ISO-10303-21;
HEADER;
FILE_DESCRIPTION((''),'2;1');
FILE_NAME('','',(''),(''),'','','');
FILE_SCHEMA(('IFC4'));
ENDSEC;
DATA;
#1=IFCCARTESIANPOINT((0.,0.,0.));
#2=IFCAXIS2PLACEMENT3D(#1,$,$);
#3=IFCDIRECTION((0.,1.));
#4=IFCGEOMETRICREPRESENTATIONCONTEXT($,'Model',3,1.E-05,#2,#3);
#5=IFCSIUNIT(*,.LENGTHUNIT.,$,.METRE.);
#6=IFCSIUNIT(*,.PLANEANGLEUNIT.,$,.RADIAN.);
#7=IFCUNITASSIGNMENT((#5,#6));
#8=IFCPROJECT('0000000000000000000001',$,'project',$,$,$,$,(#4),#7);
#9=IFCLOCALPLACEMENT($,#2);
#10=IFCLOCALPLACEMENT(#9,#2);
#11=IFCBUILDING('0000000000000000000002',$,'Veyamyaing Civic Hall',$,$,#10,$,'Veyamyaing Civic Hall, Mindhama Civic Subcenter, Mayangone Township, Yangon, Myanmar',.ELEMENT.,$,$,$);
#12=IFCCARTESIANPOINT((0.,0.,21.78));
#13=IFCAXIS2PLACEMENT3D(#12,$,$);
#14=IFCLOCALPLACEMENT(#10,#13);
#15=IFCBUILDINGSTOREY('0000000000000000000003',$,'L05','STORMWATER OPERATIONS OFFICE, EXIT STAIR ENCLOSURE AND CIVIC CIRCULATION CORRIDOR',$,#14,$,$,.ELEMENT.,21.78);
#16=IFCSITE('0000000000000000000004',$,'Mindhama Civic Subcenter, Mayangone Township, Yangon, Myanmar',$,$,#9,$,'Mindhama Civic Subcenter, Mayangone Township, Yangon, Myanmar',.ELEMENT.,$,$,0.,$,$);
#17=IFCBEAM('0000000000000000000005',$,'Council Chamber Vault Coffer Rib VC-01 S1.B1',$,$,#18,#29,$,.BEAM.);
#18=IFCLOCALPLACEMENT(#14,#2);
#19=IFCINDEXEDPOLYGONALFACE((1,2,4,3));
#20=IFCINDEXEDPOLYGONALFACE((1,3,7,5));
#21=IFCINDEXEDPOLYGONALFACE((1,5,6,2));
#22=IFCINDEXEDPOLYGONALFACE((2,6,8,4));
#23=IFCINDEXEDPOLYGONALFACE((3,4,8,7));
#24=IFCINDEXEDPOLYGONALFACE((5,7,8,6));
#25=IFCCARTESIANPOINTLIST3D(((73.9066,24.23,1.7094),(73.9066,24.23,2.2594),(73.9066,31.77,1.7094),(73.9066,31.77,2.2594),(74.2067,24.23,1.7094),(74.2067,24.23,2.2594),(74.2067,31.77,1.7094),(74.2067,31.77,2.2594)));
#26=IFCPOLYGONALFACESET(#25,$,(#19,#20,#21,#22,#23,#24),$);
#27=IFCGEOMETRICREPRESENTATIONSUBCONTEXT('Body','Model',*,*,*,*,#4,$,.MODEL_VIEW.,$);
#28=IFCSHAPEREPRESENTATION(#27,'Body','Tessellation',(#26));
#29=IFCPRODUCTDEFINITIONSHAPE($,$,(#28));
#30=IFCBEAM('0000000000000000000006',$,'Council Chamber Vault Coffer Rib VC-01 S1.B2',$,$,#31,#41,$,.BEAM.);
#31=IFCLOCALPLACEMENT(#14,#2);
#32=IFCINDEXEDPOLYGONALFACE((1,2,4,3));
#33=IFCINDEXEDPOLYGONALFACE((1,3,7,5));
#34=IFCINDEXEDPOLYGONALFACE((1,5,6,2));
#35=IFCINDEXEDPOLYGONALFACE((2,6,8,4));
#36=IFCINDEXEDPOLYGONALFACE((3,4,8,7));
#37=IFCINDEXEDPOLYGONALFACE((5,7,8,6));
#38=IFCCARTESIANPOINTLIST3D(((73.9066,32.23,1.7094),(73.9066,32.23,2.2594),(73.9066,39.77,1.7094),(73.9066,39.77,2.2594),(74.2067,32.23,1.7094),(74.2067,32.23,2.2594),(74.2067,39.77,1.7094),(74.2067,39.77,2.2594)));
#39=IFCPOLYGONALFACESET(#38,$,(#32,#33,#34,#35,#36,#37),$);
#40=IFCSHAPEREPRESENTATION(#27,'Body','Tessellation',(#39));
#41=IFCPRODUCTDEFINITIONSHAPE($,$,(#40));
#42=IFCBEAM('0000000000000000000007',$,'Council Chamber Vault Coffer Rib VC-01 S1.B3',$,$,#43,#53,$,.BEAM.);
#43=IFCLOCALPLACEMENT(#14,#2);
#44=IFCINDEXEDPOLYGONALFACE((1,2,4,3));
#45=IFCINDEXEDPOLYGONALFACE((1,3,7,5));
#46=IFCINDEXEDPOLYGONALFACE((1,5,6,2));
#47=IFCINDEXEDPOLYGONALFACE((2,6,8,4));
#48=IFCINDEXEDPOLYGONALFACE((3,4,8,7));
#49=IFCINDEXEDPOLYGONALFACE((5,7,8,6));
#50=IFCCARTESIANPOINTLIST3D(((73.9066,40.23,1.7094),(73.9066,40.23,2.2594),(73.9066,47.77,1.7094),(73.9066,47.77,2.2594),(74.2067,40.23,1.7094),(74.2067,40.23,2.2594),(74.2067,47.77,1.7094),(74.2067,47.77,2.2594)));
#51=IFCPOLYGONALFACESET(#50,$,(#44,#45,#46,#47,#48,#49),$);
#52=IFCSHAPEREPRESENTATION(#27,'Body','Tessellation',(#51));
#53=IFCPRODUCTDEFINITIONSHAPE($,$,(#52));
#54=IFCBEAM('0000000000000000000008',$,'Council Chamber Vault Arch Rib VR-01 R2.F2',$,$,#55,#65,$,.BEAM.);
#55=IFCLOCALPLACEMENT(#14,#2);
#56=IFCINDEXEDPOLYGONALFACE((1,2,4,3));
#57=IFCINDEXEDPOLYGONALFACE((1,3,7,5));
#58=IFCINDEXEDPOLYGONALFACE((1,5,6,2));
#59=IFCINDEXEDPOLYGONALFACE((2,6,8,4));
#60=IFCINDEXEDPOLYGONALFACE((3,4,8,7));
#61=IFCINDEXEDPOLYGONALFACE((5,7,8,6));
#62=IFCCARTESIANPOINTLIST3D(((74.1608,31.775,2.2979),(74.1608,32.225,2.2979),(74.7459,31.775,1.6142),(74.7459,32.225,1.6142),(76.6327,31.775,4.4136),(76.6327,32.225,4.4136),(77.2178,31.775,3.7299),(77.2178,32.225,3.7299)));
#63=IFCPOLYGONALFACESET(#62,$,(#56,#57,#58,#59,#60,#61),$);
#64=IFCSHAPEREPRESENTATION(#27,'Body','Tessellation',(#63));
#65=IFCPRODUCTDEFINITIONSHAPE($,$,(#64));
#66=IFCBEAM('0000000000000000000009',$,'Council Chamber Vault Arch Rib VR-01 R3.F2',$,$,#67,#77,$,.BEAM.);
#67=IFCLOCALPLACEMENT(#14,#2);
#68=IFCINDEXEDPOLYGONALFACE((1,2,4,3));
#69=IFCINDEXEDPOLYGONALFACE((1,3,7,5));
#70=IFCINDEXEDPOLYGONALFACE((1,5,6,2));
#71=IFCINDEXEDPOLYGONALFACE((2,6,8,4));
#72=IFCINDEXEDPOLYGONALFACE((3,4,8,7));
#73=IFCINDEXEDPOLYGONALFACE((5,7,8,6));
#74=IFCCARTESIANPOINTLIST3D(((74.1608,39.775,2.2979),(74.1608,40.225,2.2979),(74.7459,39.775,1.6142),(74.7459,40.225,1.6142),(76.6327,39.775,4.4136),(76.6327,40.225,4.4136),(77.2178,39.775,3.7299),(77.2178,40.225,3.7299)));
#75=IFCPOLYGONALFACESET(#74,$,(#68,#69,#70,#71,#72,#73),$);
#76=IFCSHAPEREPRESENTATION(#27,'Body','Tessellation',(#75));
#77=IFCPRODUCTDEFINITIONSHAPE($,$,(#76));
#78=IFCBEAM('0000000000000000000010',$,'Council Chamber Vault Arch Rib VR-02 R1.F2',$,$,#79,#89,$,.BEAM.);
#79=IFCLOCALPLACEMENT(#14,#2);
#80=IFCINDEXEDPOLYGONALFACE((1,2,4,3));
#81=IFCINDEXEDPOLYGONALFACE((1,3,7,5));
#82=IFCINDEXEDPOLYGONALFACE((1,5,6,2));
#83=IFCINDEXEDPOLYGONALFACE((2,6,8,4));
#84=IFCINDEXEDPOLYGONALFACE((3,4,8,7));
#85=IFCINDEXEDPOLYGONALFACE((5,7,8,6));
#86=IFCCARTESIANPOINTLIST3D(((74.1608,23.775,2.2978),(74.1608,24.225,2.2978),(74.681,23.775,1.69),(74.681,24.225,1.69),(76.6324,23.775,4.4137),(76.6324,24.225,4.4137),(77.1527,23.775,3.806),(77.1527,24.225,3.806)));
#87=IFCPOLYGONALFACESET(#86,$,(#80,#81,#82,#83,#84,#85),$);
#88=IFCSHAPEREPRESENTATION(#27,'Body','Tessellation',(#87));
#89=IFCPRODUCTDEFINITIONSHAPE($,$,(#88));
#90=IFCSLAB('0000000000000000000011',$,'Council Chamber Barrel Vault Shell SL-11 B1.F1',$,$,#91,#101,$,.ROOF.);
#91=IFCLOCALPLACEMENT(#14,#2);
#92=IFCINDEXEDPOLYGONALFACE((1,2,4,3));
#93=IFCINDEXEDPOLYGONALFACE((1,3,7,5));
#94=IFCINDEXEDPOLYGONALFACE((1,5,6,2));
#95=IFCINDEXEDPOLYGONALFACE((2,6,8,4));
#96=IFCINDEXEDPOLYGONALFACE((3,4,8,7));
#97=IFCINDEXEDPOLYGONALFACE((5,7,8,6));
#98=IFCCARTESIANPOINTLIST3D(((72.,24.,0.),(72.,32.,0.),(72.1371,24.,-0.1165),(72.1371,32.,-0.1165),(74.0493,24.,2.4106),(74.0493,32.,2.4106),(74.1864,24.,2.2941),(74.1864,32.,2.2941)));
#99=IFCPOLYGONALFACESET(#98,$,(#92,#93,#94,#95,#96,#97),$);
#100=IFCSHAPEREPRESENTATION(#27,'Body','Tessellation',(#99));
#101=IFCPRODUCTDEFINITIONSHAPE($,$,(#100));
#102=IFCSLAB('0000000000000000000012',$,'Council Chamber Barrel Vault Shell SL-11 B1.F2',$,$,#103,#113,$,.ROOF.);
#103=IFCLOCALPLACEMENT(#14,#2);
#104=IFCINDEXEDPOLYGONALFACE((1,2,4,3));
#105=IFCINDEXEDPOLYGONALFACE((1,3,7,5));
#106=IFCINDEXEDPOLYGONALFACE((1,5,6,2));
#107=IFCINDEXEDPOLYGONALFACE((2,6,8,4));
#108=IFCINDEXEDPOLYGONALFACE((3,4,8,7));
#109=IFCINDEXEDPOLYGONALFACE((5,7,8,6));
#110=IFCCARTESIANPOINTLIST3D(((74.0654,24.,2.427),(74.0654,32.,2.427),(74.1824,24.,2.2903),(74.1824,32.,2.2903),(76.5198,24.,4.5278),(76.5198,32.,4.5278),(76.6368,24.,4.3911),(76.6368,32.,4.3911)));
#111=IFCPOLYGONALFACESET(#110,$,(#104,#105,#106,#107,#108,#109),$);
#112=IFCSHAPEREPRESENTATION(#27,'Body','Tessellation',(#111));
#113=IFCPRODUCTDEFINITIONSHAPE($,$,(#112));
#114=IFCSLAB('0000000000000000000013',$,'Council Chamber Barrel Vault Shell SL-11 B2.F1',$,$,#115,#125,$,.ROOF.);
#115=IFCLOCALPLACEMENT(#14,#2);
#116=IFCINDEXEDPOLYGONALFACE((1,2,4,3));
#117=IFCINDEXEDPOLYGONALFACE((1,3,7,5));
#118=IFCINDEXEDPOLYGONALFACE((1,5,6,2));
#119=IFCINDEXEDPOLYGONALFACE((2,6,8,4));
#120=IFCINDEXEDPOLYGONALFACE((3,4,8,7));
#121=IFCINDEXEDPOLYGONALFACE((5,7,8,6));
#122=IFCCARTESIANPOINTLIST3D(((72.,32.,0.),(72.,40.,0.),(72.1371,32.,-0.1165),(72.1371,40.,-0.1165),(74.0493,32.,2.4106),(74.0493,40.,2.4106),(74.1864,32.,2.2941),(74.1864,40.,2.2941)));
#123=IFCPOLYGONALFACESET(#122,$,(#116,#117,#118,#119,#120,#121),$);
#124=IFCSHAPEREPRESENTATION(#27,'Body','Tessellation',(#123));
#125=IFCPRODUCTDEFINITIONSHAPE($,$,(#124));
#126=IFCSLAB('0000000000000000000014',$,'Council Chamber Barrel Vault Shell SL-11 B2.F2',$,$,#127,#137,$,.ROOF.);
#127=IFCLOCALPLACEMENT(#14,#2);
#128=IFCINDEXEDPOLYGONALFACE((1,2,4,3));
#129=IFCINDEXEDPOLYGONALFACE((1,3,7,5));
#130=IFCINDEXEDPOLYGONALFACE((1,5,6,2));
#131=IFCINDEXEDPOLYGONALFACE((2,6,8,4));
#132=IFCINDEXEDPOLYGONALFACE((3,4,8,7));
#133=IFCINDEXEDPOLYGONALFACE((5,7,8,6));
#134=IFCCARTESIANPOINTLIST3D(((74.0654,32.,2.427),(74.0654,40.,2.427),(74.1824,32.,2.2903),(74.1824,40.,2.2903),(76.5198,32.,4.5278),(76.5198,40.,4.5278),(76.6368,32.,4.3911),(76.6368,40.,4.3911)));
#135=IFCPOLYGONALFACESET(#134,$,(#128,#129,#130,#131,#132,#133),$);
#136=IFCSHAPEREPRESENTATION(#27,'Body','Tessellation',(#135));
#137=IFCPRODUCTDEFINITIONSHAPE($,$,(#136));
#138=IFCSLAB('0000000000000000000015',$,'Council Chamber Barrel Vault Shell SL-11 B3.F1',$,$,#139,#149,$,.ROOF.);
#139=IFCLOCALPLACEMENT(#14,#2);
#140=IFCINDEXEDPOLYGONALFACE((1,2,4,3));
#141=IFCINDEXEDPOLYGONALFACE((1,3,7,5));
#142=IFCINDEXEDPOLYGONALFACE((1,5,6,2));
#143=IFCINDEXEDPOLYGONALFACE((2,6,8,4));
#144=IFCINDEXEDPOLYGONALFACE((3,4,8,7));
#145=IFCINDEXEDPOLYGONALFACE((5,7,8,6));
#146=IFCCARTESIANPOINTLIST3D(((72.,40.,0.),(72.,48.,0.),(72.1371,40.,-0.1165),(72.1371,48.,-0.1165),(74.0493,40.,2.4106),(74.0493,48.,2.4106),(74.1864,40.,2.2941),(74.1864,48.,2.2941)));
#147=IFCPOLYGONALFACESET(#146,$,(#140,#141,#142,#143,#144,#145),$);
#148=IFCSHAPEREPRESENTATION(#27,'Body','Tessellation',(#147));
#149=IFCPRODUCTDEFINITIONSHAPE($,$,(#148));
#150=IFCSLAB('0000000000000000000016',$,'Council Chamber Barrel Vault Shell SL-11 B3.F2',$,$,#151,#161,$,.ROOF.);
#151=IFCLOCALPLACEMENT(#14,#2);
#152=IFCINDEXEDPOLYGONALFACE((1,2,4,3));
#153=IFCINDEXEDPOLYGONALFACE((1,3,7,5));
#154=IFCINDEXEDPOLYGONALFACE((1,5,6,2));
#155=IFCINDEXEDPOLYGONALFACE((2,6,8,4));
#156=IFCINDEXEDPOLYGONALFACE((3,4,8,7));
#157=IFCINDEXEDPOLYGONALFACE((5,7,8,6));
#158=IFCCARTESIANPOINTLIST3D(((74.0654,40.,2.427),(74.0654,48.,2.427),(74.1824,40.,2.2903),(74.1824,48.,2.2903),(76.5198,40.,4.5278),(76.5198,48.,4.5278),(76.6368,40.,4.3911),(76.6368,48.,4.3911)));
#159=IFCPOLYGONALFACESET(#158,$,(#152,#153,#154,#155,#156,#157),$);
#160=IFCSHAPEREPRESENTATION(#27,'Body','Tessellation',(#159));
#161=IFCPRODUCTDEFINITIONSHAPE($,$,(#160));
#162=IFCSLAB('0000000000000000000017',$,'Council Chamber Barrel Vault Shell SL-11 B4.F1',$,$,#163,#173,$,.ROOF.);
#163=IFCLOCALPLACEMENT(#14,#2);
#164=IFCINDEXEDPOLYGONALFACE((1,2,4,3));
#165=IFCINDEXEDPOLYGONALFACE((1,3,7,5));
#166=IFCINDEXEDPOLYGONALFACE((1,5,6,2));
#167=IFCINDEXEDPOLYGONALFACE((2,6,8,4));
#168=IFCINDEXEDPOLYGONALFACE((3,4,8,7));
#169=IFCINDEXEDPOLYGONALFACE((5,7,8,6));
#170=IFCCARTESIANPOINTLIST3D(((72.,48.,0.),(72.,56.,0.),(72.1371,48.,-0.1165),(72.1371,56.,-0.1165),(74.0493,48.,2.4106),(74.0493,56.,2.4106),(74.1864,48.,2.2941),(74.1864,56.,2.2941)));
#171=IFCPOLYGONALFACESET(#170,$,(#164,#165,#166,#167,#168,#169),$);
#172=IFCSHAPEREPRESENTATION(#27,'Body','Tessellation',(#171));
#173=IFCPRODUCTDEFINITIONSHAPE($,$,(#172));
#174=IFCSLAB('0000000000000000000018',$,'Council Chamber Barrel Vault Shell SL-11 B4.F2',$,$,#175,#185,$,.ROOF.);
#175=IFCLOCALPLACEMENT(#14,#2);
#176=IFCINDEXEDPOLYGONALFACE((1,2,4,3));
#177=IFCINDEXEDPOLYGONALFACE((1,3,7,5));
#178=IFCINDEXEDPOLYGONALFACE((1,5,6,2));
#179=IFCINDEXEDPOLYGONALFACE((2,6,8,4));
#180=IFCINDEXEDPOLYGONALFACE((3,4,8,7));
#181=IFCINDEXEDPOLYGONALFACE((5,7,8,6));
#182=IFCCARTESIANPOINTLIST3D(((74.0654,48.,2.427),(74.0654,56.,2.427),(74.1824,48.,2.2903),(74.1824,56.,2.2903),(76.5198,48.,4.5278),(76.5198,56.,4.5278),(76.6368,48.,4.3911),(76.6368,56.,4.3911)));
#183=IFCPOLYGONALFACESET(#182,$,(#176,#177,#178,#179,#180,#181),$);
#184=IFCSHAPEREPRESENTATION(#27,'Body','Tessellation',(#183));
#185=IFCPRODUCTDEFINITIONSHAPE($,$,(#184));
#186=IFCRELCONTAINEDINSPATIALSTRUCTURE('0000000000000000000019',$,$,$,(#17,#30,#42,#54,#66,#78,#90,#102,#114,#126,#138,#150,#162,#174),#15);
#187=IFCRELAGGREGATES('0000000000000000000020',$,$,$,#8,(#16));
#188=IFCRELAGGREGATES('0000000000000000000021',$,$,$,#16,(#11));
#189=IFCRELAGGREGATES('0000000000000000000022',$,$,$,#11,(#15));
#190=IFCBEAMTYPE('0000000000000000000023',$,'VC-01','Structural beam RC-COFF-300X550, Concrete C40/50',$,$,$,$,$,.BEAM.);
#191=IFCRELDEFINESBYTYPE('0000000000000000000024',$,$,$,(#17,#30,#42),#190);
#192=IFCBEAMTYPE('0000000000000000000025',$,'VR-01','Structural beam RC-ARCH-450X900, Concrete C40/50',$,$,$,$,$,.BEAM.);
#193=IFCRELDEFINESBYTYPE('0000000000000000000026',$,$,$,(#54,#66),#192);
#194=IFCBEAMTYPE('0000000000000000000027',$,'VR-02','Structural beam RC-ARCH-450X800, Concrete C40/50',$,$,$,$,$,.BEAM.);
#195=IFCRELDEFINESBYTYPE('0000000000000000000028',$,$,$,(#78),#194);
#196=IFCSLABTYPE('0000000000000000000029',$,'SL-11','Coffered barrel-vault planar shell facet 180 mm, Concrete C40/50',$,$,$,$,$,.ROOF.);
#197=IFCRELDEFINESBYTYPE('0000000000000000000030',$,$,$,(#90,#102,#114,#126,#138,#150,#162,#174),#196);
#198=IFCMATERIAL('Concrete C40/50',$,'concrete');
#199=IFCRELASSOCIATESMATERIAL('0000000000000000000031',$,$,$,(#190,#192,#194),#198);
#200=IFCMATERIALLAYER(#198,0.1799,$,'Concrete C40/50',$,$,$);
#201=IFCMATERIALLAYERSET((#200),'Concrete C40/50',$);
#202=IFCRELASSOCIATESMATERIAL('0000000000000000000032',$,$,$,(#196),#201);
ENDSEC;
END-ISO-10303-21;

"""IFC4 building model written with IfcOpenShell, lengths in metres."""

from ifc_helpers import new_model, si_unit, direction, frame, origin, origin_2d, place, context, subcontext, project, spatial, polyline, rectangle, outline, extrude, material, layer, layer_set, material_profile, profile_set, type_object, element, save


model = new_model("IFC4")

# Units and contexts
model_context = context("Model", 3, precision=1e-05, world=origin(), true_north=direction((0.0, 1.0)))
body_context = subcontext(model_context, "Body", "Model", "MODEL_VIEW")
ifc_project = project(units=[si_unit("LENGTHUNIT", "METRE"), si_unit("PLANEANGLEUNIT", "RADIAN")], contexts=[model_context])

# Site, building, storey
site_placement = place(None, origin())
site = spatial("IfcSite", under=ifc_project, at=site_placement, Name="Mindhama Civic Subcenter, Mayangone Township, Yangon, Myanmar", LongName="Mindhama Civic Subcenter, Mayangone Township, Yangon, Myanmar", CompositionType="ELEMENT", RefElevation=0.0)
building_placement = place(site_placement, origin())
building = spatial("IfcBuilding", under=site, at=building_placement, Name="Veyamyaing Civic Hall", LongName="Veyamyaing Civic Hall, Mindhama Civic Subcenter, Mayangone Township, Yangon, Myanmar", CompositionType="ELEMENT")
storey_placement = place(building_placement, frame((0.0, 0.0, 21.78)))
storey = spatial("IfcBuildingStorey", under=building, at=storey_placement, Name="L05", Description="STORMWATER OPERATIONS OFFICE, EXIT STAIR ENCLOSURE AND CIVIC CIRCULATION CORRIDOR", CompositionType="ELEMENT", Elevation=21.78)

# Beams
ifc_material_1 = material(Name="Concrete C40/50", Category="concrete")
ifc_material_profile_1 = material_profile(ifc_material_1, rectangle(XDim=0.3, YDim=0.55, at=origin_2d()), Name="RC-COFF-300X550")
ifc_profile_set_1 = profile_set([ifc_material_profile_1], Name="Concrete C40/50")
beam_type_1 = type_object("IfcBeamType", Name="VC-01", Description="Structural beam RC-COFF-300X550, Concrete C40/50", PredefinedType="BEAM", material=ifc_profile_set_1)
for number, where, z_axis, x_axis, name in (
    (1, (74.0566, 24.23, 1.9844), (0.0, 1.0, 0.0), (-1.0, 0.0, 0.0), "Council Chamber Vault Coffer Rib VC-01 S1.B1"),
    (2, (74.0566, 32.23, 1.9844), (0.0, 1.0, 0.0), (-1.0, 0.0, 0.0), "Council Chamber Vault Coffer Rib VC-01 S1.B2"),
    (3, (74.0566, 40.23, 1.9844), (0.0, 1.0, 0.0), (-1.0, 0.0, 0.0), "Council Chamber Vault Coffer Rib VC-01 S1.B3"),
):
    element("IfcBeam", number, at=place(storey_placement, frame(where, z_axis=z_axis, x_axis=x_axis)), inside=storey, type_object=beam_type_1, Name=name, PredefinedType="BEAM", context=body_context, shape_type="SweptSolid", body=[
        extrude(rectangle(XDim=0.3, YDim=0.55, at=origin_2d()), origin(), (0.0, 0.0, 1.0), 7.54),
    ])
ifc_material_profile_2 = material_profile(ifc_material_1, rectangle(XDim=0.45, YDim=0.8999, at=origin_2d()), Name="RC-ARCH-450X900")
ifc_profile_set_2 = profile_set([ifc_material_profile_2], Name="Concrete C40/50")
beam_type_2 = type_object("IfcBeamType", Name="VR-01", Description="Structural beam RC-ARCH-450X900, Concrete C40/50", PredefinedType="BEAM", material=ifc_profile_set_2)
for number, where, z_axis, x_axis, name in (
    (4, (74.4534, 32.0, 1.9561), (0.759723, 0.0, 0.650247), (0.0, 1.0, 0.0), "Council Chamber Vault Arch Rib VR-01 R2.F2"),
    (5, (74.4534, 40.0, 1.9561), (0.759723, 0.0, 0.650247), (0.0, 1.0, 0.0), "Council Chamber Vault Arch Rib VR-01 R3.F2"),
):
    element("IfcBeam", number, at=place(storey_placement, frame(where, z_axis=z_axis, x_axis=x_axis)), inside=storey, type_object=beam_type_2, Name=name, PredefinedType="BEAM", context=body_context, shape_type="SweptSolid", body=[
        extrude(rectangle(XDim=0.45, YDim=0.8999, at=origin_2d()), origin(), (0.0, 0.0, 1.0), 3.2537),
    ])
ifc_material_profile_3 = material_profile(ifc_material_1, rectangle(XDim=0.45, YDim=0.8, at=origin_2d()), Name="RC-ARCH-450X800")
ifc_profile_set_3 = profile_set([ifc_material_profile_3], Name="Concrete C40/50")
beam_type_3 = type_object("IfcBeamType", Name="VR-02", Description="Structural beam RC-ARCH-450X800, Concrete C40/50", PredefinedType="BEAM", material=ifc_profile_set_3)
beam_1_placement = place(storey_placement, frame((74.4209, 24.0, 1.9939), z_axis=(0.759654, 0.0, 0.650328), x_axis=(0.0, 1.0, 0.0)))
element("IfcBeam", 6, at=beam_1_placement, inside=storey, type_object=beam_type_3, Name="Council Chamber Vault Arch Rib VR-02 R1.F2", PredefinedType="BEAM", context=body_context, shape_type="SweptSolid", body=[
    extrude(rectangle(XDim=0.45, YDim=0.8, at=origin_2d()), origin(), (0.0, 0.0, 1.0), 3.2537),
])

# Slabs
ifc_layer = layer(ifc_material_1, 0.1799, Name="Concrete C40/50")
ifc_layer_set = layer_set([ifc_layer], Name="Concrete C40/50")
slab_type = type_object("IfcSlabType", Name="SL-11", Description="Coffered barrel-vault planar shell facet 180 mm, Concrete C40/50", PredefinedType="ROOF", material=ifc_layer_set)
slab_1_placement = place(storey_placement, frame((72.0, 24.0, 0.0), z_axis=(-0.761897, 0.0, 0.647698), x_axis=(0.647698, 0.0, 0.761897)))
element("IfcSlab", 7, at=slab_1_placement, inside=storey, type_object=slab_type, Name="Council Chamber Barrel Vault Shell SL-11 B1.F1", PredefinedType="ROOF", context=body_context, shape_type="SweptSolid", body=[
    extrude(outline(polyline([(0.0, 0.0), (3.164, 0.0), (3.164, 8.0), (0.0, 8.0), (0.0, 0.0)])), origin(), (0.0, 0.0, -1.0), 0.1799),
])
slab_2_placement = place(storey_placement, frame((74.0654, 24.0, 2.427), z_axis=(-0.650275, 0.0, 0.759699), x_axis=(0.759699, 0.0, 0.650275)))
element("IfcSlab", 8, at=slab_2_placement, inside=storey, type_object=slab_type, Name="Council Chamber Barrel Vault Shell SL-11 B1.F2", PredefinedType="ROOF", context=body_context, shape_type="SweptSolid", body=[
    extrude(outline(polyline([(0.0, 0.0), (3.2307, 0.0), (3.2307, 8.0), (0.0, 8.0), (0.0, 0.0)])), origin(), (0.0, 0.0, -1.0), 0.1799),
])
slab_3_placement = place(storey_placement, frame((72.0, 32.0, 0.0), z_axis=(-0.761897, 0.0, 0.647698), x_axis=(0.647698, 0.0, 0.761897)))
element("IfcSlab", 9, at=slab_3_placement, inside=storey, type_object=slab_type, Name="Council Chamber Barrel Vault Shell SL-11 B2.F1", PredefinedType="ROOF", context=body_context, shape_type="SweptSolid", body=[
    extrude(outline(polyline([(0.0, 0.0), (3.164, 0.0), (3.164, 8.0), (0.0, 8.0), (0.0, 0.0)])), origin(), (0.0, 0.0, -1.0), 0.1799),
])
slab_4_placement = place(storey_placement, frame((74.0654, 32.0, 2.427), z_axis=(-0.650275, 0.0, 0.759699), x_axis=(0.759699, 0.0, 0.650275)))
element("IfcSlab", 10, at=slab_4_placement, inside=storey, type_object=slab_type, Name="Council Chamber Barrel Vault Shell SL-11 B2.F2", PredefinedType="ROOF", context=body_context, shape_type="SweptSolid", body=[
    extrude(outline(polyline([(0.0, 0.0), (3.2307, 0.0), (3.2307, 8.0), (0.0, 8.0), (0.0, 0.0)])), origin(), (0.0, 0.0, -1.0), 0.1799),
])
slab_5_placement = place(storey_placement, frame((72.0, 40.0, 0.0), z_axis=(-0.761897, 0.0, 0.647698), x_axis=(0.647698, 0.0, 0.761897)))
element("IfcSlab", 11, at=slab_5_placement, inside=storey, type_object=slab_type, Name="Council Chamber Barrel Vault Shell SL-11 B3.F1", PredefinedType="ROOF", context=body_context, shape_type="SweptSolid", body=[
    extrude(outline(polyline([(0.0, 0.0), (3.164, 0.0), (3.164, 8.0), (0.0, 8.0), (0.0, 0.0)])), origin(), (0.0, 0.0, -1.0), 0.1799),
])
slab_6_placement = place(storey_placement, frame((74.0654, 40.0, 2.427), z_axis=(-0.650275, 0.0, 0.759699), x_axis=(0.759699, 0.0, 0.650275)))
element("IfcSlab", 12, at=slab_6_placement, inside=storey, type_object=slab_type, Name="Council Chamber Barrel Vault Shell SL-11 B3.F2", PredefinedType="ROOF", context=body_context, shape_type="SweptSolid", body=[
    extrude(outline(polyline([(0.0, 0.0), (3.2307, 0.0), (3.2307, 8.0), (0.0, 8.0), (0.0, 0.0)])), origin(), (0.0, 0.0, -1.0), 0.1799),
])
slab_7_placement = place(storey_placement, frame((72.0, 48.0, 0.0), z_axis=(-0.761897, 0.0, 0.647698), x_axis=(0.647698, 0.0, 0.761897)))
element("IfcSlab", 13, at=slab_7_placement, inside=storey, type_object=slab_type, Name="Council Chamber Barrel Vault Shell SL-11 B4.F1", PredefinedType="ROOF", context=body_context, shape_type="SweptSolid", body=[
    extrude(outline(polyline([(0.0, 0.0), (3.164, 0.0), (3.164, 8.0), (0.0, 8.0), (0.0, 0.0)])), origin(), (0.0, 0.0, -1.0), 0.1799),
])
slab_8_placement = place(storey_placement, frame((74.0654, 48.0, 2.427), z_axis=(-0.650275, 0.0, 0.759699), x_axis=(0.759699, 0.0, 0.650275)))
element("IfcSlab", 14, at=slab_8_placement, inside=storey, type_object=slab_type, Name="Council Chamber Barrel Vault Shell SL-11 B4.F2", PredefinedType="ROOF", context=body_context, shape_type="SweptSolid", body=[
    extrude(outline(polyline([(0.0, 0.0), (3.2307, 0.0), (3.2307, 8.0), (0.0, 8.0), (0.0, 0.0)])), origin(), (0.0, 0.0, -1.0), 0.1799),
])

save(model, "model.ifc")
